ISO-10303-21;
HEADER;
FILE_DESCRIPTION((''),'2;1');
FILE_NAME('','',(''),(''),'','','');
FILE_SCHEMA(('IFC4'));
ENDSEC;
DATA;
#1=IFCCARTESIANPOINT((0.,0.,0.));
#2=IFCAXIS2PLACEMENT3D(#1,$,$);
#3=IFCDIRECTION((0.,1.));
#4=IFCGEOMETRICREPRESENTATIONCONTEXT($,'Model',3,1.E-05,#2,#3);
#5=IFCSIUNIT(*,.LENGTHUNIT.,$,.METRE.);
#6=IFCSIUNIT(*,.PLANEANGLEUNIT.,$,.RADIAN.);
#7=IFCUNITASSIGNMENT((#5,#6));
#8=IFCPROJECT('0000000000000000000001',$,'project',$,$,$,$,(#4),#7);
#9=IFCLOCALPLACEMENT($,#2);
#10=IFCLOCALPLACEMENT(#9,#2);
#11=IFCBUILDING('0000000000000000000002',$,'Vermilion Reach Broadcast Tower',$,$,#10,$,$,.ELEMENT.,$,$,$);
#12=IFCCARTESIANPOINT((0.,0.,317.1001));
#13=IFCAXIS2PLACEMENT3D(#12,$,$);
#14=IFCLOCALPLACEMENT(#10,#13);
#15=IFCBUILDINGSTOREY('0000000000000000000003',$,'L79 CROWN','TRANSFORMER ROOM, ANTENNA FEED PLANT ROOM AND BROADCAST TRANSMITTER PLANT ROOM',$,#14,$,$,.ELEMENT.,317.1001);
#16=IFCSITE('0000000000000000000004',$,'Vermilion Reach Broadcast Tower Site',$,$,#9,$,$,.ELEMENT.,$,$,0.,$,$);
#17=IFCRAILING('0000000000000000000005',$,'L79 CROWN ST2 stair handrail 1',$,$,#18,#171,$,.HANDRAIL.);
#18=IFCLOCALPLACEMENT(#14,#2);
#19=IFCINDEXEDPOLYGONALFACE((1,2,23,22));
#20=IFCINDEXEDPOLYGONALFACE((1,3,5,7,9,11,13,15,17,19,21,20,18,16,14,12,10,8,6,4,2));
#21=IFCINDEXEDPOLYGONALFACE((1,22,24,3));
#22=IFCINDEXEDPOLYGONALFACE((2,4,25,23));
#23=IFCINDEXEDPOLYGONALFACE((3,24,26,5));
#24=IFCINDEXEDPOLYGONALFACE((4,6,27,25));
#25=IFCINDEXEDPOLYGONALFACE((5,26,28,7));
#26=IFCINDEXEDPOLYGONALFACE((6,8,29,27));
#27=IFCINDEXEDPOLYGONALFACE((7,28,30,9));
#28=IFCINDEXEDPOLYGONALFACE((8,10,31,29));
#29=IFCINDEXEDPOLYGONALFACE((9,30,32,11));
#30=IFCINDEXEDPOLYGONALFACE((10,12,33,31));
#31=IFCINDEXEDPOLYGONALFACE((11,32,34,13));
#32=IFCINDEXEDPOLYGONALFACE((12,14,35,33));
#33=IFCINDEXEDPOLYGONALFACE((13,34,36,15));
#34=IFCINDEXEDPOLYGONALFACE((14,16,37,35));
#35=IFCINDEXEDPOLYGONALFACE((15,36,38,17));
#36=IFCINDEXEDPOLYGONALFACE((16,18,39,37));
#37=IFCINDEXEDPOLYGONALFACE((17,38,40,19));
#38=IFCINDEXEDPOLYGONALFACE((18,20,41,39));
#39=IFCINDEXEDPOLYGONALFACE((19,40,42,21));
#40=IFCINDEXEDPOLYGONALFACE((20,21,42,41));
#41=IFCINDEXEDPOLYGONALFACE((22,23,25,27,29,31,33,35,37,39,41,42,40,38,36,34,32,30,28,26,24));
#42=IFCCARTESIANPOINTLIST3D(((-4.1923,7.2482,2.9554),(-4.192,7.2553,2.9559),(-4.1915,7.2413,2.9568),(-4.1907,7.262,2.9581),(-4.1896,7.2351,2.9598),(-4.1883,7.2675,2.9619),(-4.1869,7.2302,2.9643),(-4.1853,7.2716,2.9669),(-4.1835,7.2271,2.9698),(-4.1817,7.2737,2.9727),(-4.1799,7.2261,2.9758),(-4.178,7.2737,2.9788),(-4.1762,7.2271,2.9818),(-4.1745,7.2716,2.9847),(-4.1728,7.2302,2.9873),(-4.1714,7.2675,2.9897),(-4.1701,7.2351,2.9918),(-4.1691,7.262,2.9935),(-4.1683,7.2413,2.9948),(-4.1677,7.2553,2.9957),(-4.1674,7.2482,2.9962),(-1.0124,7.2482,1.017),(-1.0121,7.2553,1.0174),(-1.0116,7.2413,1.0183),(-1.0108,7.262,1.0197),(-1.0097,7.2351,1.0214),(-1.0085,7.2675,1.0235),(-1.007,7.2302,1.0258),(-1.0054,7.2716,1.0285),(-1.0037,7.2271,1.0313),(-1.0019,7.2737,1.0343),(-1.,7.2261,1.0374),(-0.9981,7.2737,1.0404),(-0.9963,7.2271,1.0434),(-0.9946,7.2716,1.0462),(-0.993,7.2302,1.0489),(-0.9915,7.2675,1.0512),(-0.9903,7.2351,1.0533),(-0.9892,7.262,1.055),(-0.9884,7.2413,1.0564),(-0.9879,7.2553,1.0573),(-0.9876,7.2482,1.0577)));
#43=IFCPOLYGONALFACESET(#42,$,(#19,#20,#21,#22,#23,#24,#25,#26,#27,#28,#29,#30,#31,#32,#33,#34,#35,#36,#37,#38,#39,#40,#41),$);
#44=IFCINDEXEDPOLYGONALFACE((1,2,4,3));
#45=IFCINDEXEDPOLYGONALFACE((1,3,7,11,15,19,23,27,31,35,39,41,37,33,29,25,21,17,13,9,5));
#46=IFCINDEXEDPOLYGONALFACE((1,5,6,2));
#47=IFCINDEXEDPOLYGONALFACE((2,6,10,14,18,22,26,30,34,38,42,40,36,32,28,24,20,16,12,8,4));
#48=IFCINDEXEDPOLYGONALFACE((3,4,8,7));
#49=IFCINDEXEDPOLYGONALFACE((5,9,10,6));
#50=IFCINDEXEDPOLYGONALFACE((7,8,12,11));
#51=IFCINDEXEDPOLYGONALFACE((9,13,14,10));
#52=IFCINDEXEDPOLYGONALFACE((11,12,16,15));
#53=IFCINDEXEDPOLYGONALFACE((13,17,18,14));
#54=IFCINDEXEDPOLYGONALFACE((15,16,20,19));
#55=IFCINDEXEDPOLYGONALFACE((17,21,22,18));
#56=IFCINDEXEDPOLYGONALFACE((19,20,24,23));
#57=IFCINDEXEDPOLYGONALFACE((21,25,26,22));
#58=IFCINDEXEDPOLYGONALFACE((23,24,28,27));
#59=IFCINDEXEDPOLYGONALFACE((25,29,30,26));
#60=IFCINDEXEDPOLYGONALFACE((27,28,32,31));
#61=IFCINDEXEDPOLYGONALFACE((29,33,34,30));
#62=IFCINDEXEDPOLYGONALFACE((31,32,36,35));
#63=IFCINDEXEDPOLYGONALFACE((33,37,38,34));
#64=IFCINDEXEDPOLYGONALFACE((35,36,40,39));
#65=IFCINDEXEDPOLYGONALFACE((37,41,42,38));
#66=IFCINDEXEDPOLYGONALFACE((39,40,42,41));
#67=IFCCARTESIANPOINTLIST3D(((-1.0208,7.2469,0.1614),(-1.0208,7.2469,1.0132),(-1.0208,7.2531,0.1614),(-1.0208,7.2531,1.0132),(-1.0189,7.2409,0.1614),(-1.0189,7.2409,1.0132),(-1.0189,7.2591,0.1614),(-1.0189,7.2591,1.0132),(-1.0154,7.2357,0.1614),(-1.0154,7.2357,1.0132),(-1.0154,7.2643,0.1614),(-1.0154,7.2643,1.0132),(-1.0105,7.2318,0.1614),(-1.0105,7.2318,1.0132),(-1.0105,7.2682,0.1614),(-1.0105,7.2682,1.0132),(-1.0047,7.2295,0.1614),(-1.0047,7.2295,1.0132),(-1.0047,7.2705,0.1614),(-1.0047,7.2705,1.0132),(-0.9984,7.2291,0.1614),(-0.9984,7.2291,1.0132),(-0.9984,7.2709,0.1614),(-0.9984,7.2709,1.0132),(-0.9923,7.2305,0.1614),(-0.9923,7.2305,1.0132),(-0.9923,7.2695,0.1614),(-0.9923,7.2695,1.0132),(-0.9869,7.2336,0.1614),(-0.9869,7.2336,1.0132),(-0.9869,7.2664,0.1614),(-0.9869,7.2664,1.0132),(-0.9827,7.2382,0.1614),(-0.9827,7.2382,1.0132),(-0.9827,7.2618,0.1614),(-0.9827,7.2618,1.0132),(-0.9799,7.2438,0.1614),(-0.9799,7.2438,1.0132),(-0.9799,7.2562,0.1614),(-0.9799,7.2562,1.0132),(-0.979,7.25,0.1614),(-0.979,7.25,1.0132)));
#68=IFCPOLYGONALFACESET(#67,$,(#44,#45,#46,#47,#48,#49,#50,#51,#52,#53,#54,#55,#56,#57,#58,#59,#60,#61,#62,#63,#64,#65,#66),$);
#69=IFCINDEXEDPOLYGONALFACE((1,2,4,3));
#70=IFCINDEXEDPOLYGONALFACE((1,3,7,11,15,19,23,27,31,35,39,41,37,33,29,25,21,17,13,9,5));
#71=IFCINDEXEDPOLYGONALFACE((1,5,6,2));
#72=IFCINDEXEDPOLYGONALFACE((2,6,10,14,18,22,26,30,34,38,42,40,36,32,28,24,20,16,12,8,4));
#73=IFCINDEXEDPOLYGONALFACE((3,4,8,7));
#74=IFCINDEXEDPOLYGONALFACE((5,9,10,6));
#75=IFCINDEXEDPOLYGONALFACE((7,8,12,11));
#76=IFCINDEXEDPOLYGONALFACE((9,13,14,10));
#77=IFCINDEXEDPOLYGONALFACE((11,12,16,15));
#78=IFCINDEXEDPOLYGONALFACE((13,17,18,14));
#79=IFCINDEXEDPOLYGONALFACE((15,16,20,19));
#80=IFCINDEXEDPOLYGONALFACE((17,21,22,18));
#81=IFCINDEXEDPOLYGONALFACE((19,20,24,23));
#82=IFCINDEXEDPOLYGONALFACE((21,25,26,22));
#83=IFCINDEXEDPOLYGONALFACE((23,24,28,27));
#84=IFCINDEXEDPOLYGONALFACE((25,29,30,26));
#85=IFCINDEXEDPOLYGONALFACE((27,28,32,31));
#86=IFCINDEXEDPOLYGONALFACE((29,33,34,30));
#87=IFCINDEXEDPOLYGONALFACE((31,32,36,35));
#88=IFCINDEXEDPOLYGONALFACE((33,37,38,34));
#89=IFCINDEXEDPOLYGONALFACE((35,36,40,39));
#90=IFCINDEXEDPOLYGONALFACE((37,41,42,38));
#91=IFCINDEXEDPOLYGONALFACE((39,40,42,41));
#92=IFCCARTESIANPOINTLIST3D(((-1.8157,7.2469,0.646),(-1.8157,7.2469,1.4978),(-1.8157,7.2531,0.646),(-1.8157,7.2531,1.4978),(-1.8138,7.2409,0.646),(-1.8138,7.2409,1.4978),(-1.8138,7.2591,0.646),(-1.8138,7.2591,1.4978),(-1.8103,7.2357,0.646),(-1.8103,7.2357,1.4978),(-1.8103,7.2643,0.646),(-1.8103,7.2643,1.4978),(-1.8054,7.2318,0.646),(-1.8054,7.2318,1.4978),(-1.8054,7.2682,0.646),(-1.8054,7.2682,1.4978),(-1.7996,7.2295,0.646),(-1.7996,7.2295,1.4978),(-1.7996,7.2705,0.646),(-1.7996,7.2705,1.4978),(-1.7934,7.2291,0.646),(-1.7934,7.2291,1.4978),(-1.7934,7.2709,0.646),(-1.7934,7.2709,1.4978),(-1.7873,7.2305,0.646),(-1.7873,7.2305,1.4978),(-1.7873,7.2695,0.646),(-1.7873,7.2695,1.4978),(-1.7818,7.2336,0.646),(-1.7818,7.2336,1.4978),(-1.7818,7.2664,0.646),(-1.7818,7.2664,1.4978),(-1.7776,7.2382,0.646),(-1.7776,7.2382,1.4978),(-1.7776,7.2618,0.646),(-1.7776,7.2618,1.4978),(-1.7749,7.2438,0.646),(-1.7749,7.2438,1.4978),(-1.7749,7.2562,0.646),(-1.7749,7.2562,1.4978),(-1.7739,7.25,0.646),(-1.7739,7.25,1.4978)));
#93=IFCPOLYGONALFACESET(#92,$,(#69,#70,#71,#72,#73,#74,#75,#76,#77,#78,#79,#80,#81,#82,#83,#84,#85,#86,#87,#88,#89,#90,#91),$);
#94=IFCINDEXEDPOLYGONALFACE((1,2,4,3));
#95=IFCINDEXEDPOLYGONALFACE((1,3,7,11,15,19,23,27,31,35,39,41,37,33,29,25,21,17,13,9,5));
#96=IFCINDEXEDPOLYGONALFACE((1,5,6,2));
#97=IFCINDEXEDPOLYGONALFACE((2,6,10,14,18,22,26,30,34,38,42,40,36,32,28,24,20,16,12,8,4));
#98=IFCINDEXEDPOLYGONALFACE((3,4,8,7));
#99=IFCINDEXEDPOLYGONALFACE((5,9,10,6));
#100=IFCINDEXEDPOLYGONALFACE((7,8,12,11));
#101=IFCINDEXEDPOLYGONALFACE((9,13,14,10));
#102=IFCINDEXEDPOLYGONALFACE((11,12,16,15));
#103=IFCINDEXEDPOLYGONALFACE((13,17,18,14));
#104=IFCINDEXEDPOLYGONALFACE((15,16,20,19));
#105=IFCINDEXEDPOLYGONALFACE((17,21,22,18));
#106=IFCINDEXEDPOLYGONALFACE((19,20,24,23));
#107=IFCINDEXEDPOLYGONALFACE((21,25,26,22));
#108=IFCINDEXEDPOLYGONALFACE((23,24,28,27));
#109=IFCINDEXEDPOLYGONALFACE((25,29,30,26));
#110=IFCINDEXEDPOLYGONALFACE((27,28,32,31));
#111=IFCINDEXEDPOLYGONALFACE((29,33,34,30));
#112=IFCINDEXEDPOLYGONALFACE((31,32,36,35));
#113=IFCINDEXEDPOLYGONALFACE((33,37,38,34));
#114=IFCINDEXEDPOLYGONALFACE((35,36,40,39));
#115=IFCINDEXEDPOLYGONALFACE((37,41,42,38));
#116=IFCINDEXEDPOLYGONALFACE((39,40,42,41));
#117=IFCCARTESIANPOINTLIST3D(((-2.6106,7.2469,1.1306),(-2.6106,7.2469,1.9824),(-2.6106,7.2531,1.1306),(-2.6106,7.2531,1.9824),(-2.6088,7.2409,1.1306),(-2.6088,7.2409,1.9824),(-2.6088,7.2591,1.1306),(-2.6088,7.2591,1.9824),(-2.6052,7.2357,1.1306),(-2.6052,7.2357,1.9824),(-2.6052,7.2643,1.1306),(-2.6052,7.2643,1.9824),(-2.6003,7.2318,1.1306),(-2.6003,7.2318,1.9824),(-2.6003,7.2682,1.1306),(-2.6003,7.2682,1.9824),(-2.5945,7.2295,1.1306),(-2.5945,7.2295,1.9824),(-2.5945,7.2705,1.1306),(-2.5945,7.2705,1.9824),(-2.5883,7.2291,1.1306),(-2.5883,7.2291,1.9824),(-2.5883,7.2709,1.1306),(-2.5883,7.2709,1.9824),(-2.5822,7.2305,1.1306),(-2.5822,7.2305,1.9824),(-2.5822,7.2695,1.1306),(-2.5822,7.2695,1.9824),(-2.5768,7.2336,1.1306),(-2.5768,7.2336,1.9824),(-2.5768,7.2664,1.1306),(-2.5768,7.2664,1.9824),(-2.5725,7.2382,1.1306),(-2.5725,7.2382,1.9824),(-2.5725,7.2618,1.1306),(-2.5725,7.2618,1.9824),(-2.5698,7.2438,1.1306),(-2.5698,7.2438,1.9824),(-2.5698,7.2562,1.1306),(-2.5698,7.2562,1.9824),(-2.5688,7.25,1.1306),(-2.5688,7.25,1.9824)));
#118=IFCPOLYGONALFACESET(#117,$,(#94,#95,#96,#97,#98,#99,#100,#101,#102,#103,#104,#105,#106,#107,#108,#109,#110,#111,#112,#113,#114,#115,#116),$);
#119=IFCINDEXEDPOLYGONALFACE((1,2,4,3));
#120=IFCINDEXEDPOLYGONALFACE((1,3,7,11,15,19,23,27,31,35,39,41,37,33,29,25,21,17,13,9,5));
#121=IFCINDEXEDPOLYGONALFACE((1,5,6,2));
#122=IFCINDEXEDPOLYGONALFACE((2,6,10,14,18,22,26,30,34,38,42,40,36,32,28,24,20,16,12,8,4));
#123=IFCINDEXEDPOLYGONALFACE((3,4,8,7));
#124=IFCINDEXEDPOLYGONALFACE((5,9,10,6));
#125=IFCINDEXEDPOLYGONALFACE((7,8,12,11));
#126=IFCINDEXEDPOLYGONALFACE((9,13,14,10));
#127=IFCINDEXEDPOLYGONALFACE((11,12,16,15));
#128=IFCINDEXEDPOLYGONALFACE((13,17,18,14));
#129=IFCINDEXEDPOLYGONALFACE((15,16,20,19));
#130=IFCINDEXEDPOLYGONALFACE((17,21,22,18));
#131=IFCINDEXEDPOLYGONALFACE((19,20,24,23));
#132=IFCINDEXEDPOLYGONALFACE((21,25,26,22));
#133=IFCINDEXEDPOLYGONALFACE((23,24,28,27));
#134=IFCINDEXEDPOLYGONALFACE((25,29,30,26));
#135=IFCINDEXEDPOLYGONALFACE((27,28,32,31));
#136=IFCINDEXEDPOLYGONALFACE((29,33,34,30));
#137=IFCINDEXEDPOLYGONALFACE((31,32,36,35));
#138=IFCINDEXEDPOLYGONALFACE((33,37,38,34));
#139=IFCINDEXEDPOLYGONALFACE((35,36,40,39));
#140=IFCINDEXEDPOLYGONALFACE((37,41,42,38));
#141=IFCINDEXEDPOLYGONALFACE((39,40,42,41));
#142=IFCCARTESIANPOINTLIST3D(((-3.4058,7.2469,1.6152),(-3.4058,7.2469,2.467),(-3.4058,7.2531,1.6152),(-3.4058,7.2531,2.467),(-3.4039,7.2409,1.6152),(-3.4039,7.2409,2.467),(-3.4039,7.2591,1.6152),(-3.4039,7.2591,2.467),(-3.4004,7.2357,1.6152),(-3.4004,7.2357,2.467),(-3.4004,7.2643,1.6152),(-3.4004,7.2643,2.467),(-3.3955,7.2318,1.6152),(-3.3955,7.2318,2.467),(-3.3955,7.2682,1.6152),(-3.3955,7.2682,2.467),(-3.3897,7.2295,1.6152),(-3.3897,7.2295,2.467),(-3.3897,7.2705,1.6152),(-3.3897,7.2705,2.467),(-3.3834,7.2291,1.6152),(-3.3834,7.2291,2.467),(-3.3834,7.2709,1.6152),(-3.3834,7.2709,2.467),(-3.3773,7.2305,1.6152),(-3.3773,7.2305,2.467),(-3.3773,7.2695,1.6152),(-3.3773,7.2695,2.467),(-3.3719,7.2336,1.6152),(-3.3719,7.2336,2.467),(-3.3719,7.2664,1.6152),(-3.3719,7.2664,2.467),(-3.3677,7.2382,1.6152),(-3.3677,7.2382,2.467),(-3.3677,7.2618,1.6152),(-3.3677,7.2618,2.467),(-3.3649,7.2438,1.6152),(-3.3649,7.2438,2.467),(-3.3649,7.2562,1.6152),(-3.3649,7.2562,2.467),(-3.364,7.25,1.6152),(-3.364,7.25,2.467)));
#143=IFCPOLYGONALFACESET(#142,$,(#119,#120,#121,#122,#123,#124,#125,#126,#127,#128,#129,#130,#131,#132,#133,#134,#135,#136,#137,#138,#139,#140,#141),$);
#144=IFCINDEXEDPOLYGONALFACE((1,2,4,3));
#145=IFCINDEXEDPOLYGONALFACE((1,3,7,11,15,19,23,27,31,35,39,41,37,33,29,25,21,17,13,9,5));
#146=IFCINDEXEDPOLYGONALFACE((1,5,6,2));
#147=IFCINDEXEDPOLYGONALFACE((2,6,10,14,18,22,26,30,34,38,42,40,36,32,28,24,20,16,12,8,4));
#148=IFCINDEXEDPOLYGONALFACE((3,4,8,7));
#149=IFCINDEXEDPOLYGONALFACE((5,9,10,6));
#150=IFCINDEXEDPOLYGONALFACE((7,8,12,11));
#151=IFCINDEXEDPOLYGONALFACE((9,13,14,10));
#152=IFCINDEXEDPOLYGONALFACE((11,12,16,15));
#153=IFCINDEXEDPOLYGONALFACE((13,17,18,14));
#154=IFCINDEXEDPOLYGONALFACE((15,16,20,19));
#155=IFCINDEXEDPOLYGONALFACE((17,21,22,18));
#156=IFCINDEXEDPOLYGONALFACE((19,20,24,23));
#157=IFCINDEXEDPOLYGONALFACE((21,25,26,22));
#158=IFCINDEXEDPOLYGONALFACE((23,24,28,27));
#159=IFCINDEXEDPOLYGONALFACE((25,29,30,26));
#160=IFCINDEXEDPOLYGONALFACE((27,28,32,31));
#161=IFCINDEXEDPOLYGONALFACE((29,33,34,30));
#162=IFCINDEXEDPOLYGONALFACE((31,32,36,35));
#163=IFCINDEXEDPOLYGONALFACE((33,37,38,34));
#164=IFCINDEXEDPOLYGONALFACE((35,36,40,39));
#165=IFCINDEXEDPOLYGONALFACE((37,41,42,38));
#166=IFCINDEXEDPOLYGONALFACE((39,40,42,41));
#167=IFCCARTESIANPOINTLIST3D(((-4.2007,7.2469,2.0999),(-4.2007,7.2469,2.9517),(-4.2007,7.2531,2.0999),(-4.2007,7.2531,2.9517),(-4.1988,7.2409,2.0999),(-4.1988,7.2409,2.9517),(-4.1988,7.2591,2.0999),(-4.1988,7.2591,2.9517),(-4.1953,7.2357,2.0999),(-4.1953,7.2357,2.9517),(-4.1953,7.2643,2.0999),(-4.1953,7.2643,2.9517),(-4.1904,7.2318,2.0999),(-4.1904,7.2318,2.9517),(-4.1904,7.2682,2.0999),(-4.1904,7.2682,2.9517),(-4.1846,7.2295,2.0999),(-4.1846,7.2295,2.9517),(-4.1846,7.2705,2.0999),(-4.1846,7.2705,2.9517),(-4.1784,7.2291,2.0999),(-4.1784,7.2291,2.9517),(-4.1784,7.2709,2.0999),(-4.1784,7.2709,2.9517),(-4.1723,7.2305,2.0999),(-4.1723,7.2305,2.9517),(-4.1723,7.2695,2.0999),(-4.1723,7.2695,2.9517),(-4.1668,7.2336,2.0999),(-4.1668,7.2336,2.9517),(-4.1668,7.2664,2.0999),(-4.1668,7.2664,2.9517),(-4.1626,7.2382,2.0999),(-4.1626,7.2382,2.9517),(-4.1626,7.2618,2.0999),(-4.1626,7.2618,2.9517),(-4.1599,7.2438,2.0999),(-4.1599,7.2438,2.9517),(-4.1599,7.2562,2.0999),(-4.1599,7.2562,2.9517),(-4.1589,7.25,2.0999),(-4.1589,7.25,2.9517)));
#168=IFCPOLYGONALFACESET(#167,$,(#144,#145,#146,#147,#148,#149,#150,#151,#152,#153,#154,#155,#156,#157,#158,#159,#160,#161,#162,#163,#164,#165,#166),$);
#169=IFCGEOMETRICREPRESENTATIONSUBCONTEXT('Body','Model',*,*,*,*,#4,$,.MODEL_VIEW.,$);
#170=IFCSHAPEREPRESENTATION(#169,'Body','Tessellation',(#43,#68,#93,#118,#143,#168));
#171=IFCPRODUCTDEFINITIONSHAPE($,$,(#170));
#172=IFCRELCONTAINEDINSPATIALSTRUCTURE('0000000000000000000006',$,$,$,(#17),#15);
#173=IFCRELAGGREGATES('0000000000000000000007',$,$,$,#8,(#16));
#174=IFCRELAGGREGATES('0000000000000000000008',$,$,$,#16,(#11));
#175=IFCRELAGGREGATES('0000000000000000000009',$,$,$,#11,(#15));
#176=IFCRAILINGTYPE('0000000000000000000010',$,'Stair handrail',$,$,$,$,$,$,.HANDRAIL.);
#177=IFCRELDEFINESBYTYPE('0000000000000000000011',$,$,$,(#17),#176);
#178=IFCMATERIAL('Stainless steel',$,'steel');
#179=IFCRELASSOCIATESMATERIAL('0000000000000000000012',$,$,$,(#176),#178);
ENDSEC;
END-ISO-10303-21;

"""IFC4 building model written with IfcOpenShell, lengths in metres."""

from ifc_helpers import new_model, si_unit, direction, frame, origin, origin_2d, place, context, subcontext, project, spatial, circle, extrude, material, type_object, element, save


model = new_model("IFC4")

# Units and contexts
model_context = context("Model", 3, precision=1e-05, world=origin(), true_north=direction((0.0, 1.0)))
body_context = subcontext(model_context, "Body", "Model", "MODEL_VIEW")
ifc_project = project(units=[si_unit("LENGTHUNIT", "METRE"), si_unit("PLANEANGLEUNIT", "RADIAN")], contexts=[model_context])

# Site, building, storey
site_placement = place(None, origin())
site = spatial("IfcSite", under=ifc_project, at=site_placement, Name="Vermilion Reach Broadcast Tower Site", CompositionType="ELEMENT", RefElevation=0.0)
building_placement = place(site_placement, origin())
building = spatial("IfcBuilding", under=site, at=building_placement, Name="Vermilion Reach Broadcast Tower", CompositionType="ELEMENT")
storey_placement = place(building_placement, frame((0.0, 0.0, 317.1001)))
storey = spatial("IfcBuildingStorey", under=building, at=storey_placement, Name="L79 CROWN", Description="TRANSFORMER ROOM, ANTENNA FEED PLANT ROOM AND BROADCAST TRANSMITTER PLANT ROOM", CompositionType="ELEMENT", Elevation=317.1001)

# Railing
ifc_material_1 = material(Name="Stainless steel", Category="steel")
railing_type_1 = type_object("IfcRailingType", Name="Stair handrail", PredefinedType="HANDRAIL", material=ifc_material_1)
railing_1_placement = place(storey_placement, frame((-1.0, 7.25, 0.1614)))
element("IfcRailing", 1, at=railing_1_placement, inside=storey, type_object=railing_type_1, Name="L79 CROWN ST2 stair handrail 1", PredefinedType="HANDRAIL", context=body_context, shape_type="SweptSolid", body=[
    extrude(circle(Radius=0.0239, at=origin_2d()), frame((0.0, 0.0, 0.876), z_axis=(-0.853857, 0.0, 0.520508), x_axis=(0.0, -1.0, 0.0)), (0.0, 0.0, 1.0), 3.7241),
    extrude(circle(Radius=0.021, at=origin_2d()), origin(), (0.0, 0.0, 1.0), 0.8518),
    extrude(circle(Radius=0.021, at=origin_2d()), frame((-0.7949, 0.0, 0.4846)), (0.0, 0.0, 1.0), 0.8518),
    extrude(circle(Radius=0.021, at=origin_2d()), frame((-1.5898, 0.0, 0.9692)), (0.0, 0.0, 1.0), 0.8518),
    extrude(circle(Radius=0.021, at=origin_2d()), frame((-2.385, 0.0, 1.4539)), (0.0, 0.0, 1.0), 0.8518),
    extrude(circle(Radius=0.021, at=origin_2d()), frame((-3.1799, 0.0, 1.9385)), (0.0, 0.0, 1.0), 0.8518),
])

save(model, "model.ifc")
